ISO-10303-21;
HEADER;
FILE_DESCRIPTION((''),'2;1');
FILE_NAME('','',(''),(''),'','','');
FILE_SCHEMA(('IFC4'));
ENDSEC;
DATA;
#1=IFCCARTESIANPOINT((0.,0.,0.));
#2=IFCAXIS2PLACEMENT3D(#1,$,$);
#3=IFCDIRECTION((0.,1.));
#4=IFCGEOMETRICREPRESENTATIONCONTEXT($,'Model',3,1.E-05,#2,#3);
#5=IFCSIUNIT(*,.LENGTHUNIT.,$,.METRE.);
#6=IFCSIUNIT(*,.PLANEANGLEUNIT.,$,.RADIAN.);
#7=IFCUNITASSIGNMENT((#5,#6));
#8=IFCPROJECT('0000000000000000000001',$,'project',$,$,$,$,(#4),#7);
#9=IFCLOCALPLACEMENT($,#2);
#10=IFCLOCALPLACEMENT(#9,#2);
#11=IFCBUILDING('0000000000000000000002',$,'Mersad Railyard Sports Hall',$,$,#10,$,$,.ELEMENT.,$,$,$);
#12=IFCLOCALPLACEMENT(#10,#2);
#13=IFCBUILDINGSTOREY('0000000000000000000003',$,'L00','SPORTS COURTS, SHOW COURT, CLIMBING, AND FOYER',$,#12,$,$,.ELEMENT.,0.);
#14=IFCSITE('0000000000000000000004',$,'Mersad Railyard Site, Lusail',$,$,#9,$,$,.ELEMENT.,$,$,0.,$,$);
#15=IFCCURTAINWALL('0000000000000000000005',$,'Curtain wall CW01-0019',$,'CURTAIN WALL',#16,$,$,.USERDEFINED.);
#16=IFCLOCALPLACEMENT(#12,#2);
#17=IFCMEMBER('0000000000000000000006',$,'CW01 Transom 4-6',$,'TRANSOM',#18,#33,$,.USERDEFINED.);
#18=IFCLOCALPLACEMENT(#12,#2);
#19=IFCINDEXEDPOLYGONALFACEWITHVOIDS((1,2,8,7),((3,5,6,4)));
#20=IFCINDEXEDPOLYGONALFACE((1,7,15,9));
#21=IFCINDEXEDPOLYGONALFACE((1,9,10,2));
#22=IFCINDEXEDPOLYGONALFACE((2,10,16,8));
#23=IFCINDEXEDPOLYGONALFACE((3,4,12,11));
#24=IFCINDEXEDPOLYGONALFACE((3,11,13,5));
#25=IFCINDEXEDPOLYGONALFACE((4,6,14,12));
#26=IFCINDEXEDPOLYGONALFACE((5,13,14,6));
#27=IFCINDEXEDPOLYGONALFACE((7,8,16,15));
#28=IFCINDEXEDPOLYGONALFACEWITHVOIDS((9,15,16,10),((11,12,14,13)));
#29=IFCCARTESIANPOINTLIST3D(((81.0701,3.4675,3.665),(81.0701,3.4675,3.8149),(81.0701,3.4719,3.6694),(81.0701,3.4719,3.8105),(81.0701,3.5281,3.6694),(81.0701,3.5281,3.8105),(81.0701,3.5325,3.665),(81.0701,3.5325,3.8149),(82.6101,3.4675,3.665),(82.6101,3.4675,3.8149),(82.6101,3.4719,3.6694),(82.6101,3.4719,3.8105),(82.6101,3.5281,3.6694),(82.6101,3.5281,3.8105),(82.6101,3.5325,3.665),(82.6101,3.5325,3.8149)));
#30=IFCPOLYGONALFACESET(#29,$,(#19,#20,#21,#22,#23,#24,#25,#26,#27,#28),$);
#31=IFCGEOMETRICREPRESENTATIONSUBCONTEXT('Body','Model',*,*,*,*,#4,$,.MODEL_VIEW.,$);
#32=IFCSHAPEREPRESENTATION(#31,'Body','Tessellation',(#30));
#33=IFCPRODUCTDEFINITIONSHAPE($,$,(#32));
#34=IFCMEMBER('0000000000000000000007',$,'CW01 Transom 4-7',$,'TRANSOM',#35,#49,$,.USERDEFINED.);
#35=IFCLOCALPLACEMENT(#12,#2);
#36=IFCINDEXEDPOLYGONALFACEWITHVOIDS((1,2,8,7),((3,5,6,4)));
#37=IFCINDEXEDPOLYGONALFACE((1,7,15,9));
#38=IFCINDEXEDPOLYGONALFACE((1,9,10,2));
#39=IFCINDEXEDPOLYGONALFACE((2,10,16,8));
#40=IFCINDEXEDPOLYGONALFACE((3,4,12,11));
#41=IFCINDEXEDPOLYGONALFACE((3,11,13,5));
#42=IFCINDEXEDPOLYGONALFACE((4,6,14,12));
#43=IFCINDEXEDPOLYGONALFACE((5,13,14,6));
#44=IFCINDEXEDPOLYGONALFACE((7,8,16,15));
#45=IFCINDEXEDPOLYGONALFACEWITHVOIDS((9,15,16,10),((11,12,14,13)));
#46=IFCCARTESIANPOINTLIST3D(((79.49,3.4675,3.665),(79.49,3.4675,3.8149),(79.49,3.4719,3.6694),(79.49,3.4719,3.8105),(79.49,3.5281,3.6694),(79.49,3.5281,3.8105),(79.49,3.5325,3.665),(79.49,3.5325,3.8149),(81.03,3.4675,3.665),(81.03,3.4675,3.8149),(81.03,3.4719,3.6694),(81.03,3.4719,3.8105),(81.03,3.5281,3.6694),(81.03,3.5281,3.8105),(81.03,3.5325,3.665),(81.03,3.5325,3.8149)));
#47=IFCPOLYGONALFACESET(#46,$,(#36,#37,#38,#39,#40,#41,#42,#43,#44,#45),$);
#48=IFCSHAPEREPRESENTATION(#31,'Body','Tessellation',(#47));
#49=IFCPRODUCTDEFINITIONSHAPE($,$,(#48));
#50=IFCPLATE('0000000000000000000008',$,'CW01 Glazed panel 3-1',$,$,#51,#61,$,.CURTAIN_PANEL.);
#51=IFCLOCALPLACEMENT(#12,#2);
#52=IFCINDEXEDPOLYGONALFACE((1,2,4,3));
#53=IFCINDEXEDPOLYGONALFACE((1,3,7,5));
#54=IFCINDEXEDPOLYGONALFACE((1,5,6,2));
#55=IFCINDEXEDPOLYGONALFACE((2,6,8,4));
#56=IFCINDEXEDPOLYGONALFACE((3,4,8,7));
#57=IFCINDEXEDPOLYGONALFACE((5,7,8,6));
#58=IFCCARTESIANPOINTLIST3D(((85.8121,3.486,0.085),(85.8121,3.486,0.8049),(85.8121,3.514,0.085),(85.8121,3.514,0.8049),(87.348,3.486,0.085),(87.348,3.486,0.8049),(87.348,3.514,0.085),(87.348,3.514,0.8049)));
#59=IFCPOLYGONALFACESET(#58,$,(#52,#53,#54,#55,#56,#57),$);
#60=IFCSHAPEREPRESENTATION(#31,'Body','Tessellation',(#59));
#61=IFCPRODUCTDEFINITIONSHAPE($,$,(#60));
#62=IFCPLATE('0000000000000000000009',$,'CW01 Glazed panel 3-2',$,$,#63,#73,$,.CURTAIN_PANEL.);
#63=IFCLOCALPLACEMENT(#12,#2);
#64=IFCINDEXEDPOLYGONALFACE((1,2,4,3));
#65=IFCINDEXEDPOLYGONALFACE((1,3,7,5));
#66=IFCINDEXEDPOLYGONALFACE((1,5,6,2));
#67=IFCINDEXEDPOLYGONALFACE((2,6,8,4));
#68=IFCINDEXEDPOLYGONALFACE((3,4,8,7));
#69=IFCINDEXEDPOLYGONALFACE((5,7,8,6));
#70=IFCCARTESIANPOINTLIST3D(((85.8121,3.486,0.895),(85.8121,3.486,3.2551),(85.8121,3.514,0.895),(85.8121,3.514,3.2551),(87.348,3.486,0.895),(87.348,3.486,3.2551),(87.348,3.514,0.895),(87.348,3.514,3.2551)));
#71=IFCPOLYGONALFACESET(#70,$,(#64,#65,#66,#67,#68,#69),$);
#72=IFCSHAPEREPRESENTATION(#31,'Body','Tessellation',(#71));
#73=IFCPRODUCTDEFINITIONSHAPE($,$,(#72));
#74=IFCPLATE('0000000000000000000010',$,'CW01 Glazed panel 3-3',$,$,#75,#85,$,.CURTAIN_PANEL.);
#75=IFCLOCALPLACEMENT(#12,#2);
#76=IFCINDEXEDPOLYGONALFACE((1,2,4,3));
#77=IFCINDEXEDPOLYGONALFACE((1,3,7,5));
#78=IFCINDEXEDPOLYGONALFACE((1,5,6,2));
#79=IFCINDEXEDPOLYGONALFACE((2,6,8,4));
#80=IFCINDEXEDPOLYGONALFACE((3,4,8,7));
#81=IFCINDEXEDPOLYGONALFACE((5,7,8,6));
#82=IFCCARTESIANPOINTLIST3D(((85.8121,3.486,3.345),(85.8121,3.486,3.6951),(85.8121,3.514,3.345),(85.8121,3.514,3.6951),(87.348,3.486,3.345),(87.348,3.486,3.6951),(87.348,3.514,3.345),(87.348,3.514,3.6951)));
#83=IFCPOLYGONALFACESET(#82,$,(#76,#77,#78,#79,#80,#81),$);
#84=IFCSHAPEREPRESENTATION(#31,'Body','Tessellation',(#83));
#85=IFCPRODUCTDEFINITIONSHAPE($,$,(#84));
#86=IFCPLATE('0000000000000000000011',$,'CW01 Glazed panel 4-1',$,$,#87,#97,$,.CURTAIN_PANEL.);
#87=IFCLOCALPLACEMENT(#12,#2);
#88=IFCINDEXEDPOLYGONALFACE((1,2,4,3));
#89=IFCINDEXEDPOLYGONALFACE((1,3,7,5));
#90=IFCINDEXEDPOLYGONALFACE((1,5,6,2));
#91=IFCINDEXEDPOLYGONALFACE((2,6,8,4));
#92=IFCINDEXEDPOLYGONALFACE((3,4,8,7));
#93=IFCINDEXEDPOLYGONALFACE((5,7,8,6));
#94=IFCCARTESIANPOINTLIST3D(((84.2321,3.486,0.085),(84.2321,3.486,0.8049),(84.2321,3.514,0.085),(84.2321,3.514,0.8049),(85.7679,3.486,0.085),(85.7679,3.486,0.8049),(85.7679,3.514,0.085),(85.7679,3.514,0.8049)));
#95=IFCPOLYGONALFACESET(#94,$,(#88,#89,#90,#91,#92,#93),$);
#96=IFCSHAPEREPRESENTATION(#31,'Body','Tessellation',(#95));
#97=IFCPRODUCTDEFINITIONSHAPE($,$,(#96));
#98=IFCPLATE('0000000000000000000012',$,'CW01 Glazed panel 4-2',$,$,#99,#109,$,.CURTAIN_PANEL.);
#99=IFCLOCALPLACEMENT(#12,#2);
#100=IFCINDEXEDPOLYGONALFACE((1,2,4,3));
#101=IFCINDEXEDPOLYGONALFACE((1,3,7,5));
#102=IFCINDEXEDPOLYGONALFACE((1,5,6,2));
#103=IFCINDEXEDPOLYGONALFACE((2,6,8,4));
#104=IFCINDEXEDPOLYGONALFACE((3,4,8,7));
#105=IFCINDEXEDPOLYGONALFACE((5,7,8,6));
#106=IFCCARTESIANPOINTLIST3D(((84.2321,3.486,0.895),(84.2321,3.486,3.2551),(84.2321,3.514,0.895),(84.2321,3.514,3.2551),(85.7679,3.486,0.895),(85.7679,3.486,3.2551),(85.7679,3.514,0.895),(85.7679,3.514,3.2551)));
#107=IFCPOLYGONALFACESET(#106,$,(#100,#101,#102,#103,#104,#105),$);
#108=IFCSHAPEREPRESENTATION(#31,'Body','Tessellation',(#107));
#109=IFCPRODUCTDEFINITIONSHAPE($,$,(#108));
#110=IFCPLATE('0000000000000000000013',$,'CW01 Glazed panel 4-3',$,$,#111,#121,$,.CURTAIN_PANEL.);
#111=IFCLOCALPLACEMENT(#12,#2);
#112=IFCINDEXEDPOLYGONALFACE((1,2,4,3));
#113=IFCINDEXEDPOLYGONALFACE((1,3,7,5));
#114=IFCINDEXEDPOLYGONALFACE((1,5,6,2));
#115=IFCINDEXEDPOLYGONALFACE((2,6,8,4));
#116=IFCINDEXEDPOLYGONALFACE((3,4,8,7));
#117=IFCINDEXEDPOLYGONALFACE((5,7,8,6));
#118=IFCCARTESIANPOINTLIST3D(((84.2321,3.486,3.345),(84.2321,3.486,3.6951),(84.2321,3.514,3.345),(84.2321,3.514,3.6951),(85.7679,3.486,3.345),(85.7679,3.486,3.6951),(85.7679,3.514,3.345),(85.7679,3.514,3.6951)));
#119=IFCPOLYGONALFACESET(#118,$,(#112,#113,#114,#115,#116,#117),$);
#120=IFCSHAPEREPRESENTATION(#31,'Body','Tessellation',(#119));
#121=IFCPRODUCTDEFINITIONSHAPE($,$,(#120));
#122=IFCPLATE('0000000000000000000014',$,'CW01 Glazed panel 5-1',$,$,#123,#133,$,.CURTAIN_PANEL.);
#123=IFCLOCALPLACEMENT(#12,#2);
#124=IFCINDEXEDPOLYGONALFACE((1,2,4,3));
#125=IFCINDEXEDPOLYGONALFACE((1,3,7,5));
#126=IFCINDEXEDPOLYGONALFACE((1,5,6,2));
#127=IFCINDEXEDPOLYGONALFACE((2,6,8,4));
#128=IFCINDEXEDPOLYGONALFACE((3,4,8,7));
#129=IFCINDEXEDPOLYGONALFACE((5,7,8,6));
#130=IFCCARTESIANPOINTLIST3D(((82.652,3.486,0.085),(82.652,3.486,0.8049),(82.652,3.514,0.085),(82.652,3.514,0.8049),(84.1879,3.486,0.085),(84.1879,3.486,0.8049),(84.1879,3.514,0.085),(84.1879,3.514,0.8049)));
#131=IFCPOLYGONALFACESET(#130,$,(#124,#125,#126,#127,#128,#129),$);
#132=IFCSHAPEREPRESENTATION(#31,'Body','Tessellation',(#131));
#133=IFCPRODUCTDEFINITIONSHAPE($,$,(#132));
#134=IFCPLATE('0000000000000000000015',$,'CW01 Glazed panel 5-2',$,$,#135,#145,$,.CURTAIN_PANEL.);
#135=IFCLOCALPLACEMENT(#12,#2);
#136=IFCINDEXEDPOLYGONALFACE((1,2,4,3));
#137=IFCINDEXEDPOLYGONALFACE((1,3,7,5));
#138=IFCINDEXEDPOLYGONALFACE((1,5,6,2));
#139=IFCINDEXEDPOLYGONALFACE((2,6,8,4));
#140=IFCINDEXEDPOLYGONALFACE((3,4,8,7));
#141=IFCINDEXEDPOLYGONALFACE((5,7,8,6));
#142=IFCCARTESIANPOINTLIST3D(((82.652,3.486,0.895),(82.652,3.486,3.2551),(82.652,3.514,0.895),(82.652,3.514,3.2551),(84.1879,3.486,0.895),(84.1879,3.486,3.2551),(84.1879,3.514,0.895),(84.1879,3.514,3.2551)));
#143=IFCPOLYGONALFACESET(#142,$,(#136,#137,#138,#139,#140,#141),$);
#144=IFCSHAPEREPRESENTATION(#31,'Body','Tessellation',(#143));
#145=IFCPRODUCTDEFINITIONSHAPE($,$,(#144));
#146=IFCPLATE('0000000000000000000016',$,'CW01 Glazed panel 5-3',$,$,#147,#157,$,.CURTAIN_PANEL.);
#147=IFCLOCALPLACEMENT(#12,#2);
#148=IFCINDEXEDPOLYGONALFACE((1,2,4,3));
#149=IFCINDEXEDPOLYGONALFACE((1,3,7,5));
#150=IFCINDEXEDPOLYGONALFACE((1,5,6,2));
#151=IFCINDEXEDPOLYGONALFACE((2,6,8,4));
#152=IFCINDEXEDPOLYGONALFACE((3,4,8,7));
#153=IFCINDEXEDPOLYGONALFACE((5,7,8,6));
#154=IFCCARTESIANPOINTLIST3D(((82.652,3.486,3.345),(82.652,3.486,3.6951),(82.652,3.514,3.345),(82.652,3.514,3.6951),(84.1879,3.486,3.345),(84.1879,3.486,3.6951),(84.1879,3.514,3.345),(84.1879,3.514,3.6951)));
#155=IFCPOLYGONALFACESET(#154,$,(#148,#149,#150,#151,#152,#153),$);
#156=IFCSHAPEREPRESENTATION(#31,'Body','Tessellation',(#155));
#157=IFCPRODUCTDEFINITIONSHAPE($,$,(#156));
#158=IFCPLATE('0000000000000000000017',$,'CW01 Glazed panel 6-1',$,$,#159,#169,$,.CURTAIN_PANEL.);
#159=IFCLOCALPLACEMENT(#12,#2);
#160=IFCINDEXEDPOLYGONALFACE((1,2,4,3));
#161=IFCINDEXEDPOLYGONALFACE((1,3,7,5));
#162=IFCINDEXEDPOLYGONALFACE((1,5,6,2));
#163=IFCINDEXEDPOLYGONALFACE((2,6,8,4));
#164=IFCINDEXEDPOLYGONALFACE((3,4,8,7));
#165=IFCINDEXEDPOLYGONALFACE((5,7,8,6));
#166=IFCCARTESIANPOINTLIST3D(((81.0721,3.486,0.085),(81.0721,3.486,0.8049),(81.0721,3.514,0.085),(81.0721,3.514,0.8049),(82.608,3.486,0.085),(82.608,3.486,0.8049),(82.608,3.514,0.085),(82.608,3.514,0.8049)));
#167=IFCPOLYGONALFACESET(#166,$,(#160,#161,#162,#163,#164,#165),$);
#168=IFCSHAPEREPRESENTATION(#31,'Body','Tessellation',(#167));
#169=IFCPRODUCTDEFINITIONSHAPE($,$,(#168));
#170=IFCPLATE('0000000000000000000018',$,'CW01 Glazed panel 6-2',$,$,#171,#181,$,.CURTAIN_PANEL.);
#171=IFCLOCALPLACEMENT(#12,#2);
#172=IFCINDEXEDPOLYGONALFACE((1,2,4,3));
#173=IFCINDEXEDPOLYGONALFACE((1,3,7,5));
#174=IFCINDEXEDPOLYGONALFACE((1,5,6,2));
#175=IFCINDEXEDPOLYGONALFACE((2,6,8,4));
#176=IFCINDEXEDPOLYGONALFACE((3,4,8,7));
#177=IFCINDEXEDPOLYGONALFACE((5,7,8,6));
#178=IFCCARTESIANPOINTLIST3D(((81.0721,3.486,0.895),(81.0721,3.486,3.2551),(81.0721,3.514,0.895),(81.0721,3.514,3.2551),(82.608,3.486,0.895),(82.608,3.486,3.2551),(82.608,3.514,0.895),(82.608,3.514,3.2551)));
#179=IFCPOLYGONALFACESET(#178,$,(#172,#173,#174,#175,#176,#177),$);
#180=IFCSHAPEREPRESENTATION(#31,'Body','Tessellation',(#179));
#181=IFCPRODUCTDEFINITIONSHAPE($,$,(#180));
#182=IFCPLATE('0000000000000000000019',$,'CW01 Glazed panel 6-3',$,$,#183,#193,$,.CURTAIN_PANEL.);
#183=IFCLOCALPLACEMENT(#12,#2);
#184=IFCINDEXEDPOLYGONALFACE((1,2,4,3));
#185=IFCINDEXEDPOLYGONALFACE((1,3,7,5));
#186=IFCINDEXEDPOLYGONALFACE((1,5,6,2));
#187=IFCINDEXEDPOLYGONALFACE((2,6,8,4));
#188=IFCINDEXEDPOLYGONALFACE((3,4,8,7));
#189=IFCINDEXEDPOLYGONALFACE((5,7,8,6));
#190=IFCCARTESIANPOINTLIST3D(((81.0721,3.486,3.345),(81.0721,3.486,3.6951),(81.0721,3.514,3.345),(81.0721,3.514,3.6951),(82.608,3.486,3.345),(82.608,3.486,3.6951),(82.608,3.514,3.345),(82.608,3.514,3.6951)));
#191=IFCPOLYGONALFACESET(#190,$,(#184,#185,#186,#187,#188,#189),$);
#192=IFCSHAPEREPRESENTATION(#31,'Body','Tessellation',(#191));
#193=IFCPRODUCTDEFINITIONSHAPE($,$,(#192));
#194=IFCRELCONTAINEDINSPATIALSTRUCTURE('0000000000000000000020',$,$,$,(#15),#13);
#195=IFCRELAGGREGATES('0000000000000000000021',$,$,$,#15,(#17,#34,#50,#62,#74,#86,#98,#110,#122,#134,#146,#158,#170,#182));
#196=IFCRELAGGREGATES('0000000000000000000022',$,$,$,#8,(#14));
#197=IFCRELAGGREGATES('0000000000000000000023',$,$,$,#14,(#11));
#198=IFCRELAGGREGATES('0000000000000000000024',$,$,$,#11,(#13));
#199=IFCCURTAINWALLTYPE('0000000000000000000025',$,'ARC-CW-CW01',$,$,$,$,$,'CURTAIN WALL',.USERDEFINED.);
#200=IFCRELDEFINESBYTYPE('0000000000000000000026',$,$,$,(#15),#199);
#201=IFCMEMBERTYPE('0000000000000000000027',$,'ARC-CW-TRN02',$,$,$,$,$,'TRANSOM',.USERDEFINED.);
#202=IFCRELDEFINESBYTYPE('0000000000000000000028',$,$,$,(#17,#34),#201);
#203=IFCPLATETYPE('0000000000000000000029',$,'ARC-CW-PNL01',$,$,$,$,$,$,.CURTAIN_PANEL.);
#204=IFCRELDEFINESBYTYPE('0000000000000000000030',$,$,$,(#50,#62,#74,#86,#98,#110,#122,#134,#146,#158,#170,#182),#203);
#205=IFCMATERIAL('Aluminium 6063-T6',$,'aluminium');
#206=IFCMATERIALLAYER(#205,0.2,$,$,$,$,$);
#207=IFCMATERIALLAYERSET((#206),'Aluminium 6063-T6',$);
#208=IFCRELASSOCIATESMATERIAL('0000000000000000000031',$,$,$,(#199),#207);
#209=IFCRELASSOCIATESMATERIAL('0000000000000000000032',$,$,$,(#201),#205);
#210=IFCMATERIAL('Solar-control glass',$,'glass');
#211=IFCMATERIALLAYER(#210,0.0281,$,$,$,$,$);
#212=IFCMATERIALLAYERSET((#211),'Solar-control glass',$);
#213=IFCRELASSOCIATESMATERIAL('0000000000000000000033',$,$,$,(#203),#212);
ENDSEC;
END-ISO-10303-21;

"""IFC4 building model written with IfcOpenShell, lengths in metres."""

from ifc_helpers import new_model, si_unit, direction, frame, origin, origin_2d, place, context, subcontext, project, spatial, rectangle, hollow_rectangle, extrude, material, layer, layer_set, material_profile, profile_set, type_object, element, aggregate, save


model = new_model("IFC4")

# Units and contexts
model_context = context("Model", 3, precision=1e-05, world=origin(), true_north=direction((0.0, 1.0)))
body_context = subcontext(model_context, "Body", "Model", "MODEL_VIEW")
ifc_project = project(units=[si_unit("LENGTHUNIT", "METRE"), si_unit("PLANEANGLEUNIT", "RADIAN")], contexts=[model_context])

# Site, building, storey
site_placement = place(None, origin())
site = spatial("IfcSite", under=ifc_project, at=site_placement, Name="Mersad Railyard Site, Lusail", CompositionType="ELEMENT", RefElevation=0.0)
building_placement = place(site_placement, origin())
building = spatial("IfcBuilding", under=site, at=building_placement, Name="Mersad Railyard Sports Hall", CompositionType="ELEMENT")
storey_placement = place(building_placement, origin())
storey = spatial("IfcBuildingStorey", under=building, at=storey_placement, Name="L00", Description="SPORTS COURTS, SHOW COURT, CLIMBING, AND FOYER", CompositionType="ELEMENT", Elevation=0.0)

# Curtain wall, members, plates
ifc_material_1 = material(Name="Aluminium 6063-T6", Category="aluminium")
ifc_layer_1 = layer(ifc_material_1, 0.2)
ifc_layer_set_1 = layer_set([ifc_layer_1], Name="Aluminium 6063-T6")
curtain_wall_type = type_object("IfcCurtainWallType", Name="ARC-CW-CW01", ElementType="CURTAIN WALL", PredefinedType="USERDEFINED", material=ifc_layer_set_1)
curtain_wall_placement = place(storey_placement, origin())
curtain_wall = element("IfcCurtainWall", 1, at=curtain_wall_placement, inside=storey, type_object=curtain_wall_type, Name="Curtain wall CW01-0019", ObjectType="CURTAIN WALL", PredefinedType="USERDEFINED")
ifc_material_profile_1 = material_profile(ifc_material_1, hollow_rectangle(XDim=0.0649, YDim=0.1499, WallThickness=0.0044, at=origin_2d()), Name="AL TRANSOM 65x150x4.5")
ifc_profile_set_1 = profile_set([ifc_material_profile_1], Name="Aluminium 6063-T6")
member_type_1 = type_object("IfcMemberType", Name="ARC-CW-TRN02", ElementType="TRANSOM", PredefinedType="USERDEFINED", material=ifc_profile_set_1)
member_1_placement = place(storey_placement, frame((82.6101, 3.5, 3.74), z_axis=(-1.0, 0.0, 0.0), x_axis=(0.0, -1.0, 0.0)))
member_1 = element("IfcMember", 2, at=member_1_placement, type_object=member_type_1, Name="CW01 Transom 4-6", ObjectType="TRANSOM", PredefinedType="USERDEFINED", context=body_context, shape_type="SweptSolid", body=[
    extrude(hollow_rectangle(XDim=0.0649, YDim=0.1499, WallThickness=0.0044, at=origin_2d()), origin(), (0.0, 0.0, 1.0), 1.54),
])
member_2_placement = place(storey_placement, frame((81.03, 3.5, 3.74), z_axis=(-1.0, 0.0, 0.0), x_axis=(0.0, -1.0, 0.0)))
member_2 = element("IfcMember", 3, at=member_2_placement, type_object=member_type_1, Name="CW01 Transom 4-7", ObjectType="TRANSOM", PredefinedType="USERDEFINED", context=body_context, shape_type="SweptSolid", body=[
    extrude(hollow_rectangle(XDim=0.0649, YDim=0.1499, WallThickness=0.0044, at=origin_2d()), origin(), (0.0, 0.0, 1.0), 1.54),
])
ifc_material_2 = material(Name="Solar-control glass", Category="glass")
ifc_layer_2 = layer(ifc_material_2, 0.0281)
ifc_layer_set_2 = layer_set([ifc_layer_2], Name="Solar-control glass")
plate_type = type_object("IfcPlateType", Name="ARC-CW-PNL01", PredefinedType="CURTAIN_PANEL", material=ifc_layer_set_2)
plate_1_placement = place(storey_placement, frame((86.5801, 3.5, 0.085), z_axis=(0.0, 0.0, 1.0), x_axis=(-1.0, 0.0, 0.0)))
plate_1 = element("IfcPlate", 4, at=plate_1_placement, type_object=plate_type, Name="CW01 Glazed panel 3-1", PredefinedType="CURTAIN_PANEL", context=body_context, shape_type="SweptSolid", body=[
    extrude(rectangle(XDim=1.5359, YDim=0.0281, at=origin_2d()), origin(), (0.0, 0.0, 1.0), 0.72),
])
plate_2_placement = place(storey_placement, frame((86.5801, 3.5, 0.895), z_axis=(0.0, 0.0, 1.0), x_axis=(-1.0, 0.0, 0.0)))
plate_2 = element("IfcPlate", 5, at=plate_2_placement, type_object=plate_type, Name="CW01 Glazed panel 3-2", PredefinedType="CURTAIN_PANEL", context=body_context, shape_type="SweptSolid", body=[
    extrude(rectangle(XDim=1.5359, YDim=0.0281, at=origin_2d()), origin(), (0.0, 0.0, 1.0), 2.3601),
])
plate_3_placement = place(storey_placement, frame((86.5801, 3.5, 3.345), z_axis=(0.0, 0.0, 1.0), x_axis=(-1.0, 0.0, 0.0)))
plate_3 = element("IfcPlate", 6, at=plate_3_placement, type_object=plate_type, Name="CW01 Glazed panel 3-3", PredefinedType="CURTAIN_PANEL", context=body_context, shape_type="SweptSolid", body=[
    extrude(rectangle(XDim=1.5359, YDim=0.0281, at=origin_2d()), origin(), (0.0, 0.0, 1.0), 0.3501),
])
plate_4_placement = place(storey_placement, frame((85.0, 3.5, 0.085), z_axis=(0.0, 0.0, 1.0), x_axis=(-1.0, 0.0, 0.0)))
plate_4 = element("IfcPlate", 7, at=plate_4_placement, type_object=plate_type, Name="CW01 Glazed panel 4-1", PredefinedType="CURTAIN_PANEL", context=body_context, shape_type="SweptSolid", body=[
    extrude(rectangle(XDim=1.5359, YDim=0.0281, at=origin_2d()), origin(), (0.0, 0.0, 1.0), 0.72),
])
plate_5_placement = place(storey_placement, frame((85.0, 3.5, 0.895), z_axis=(0.0, 0.0, 1.0), x_axis=(-1.0, 0.0, 0.0)))
plate_5 = element("IfcPlate", 8, at=plate_5_placement, type_object=plate_type, Name="CW01 Glazed panel 4-2", PredefinedType="CURTAIN_PANEL", context=body_context, shape_type="SweptSolid", body=[
    extrude(rectangle(XDim=1.5359, YDim=0.0281, at=origin_2d()), origin(), (0.0, 0.0, 1.0), 2.3601),
])
plate_6_placement = place(storey_placement, frame((85.0, 3.5, 3.345), z_axis=(0.0, 0.0, 1.0), x_axis=(-1.0, 0.0, 0.0)))
plate_6 = element("IfcPlate", 9, at=plate_6_placement, type_object=plate_type, Name="CW01 Glazed panel 4-3", PredefinedType="CURTAIN_PANEL", context=body_context, shape_type="SweptSolid", body=[
    extrude(rectangle(XDim=1.5359, YDim=0.0281, at=origin_2d()), origin(), (0.0, 0.0, 1.0), 0.3501),
])
plate_7_placement = place(storey_placement, frame((83.4199, 3.5, 0.085), z_axis=(0.0, 0.0, 1.0), x_axis=(-1.0, 0.0, 0.0)))
plate_7 = element("IfcPlate", 10, at=plate_7_placement, type_object=plate_type, Name="CW01 Glazed panel 5-1", PredefinedType="CURTAIN_PANEL", context=body_context, shape_type="SweptSolid", body=[
    extrude(rectangle(XDim=1.5359, YDim=0.0281, at=origin_2d()), origin(), (0.0, 0.0, 1.0), 0.72),
])
plate_8_placement = place(storey_placement, frame((83.4199, 3.5, 0.895), z_axis=(0.0, 0.0, 1.0), x_axis=(-1.0, 0.0, 0.0)))
plate_8 = element("IfcPlate", 11, at=plate_8_placement, type_object=plate_type, Name="CW01 Glazed panel 5-2", PredefinedType="CURTAIN_PANEL", context=body_context, shape_type="SweptSolid", body=[
    extrude(rectangle(XDim=1.5359, YDim=0.0281, at=origin_2d()), origin(), (0.0, 0.0, 1.0), 2.3601),
])
plate_9_placement = place(storey_placement, frame((83.4199, 3.5, 3.345), z_axis=(0.0, 0.0, 1.0), x_axis=(-1.0, 0.0, 0.0)))
plate_9 = element("IfcPlate", 12, at=plate_9_placement, type_object=plate_type, Name="CW01 Glazed panel 5-3", PredefinedType="CURTAIN_PANEL", context=body_context, shape_type="SweptSolid", body=[
    extrude(rectangle(XDim=1.5359, YDim=0.0281, at=origin_2d()), origin(), (0.0, 0.0, 1.0), 0.3501),
])
plate_10_placement = place(storey_placement, frame((81.8401, 3.5, 0.085), z_axis=(0.0, 0.0, 1.0), x_axis=(-1.0, 0.0, 0.0)))
plate_10 = element("IfcPlate", 13, at=plate_10_placement, type_object=plate_type, Name="CW01 Glazed panel 6-1", PredefinedType="CURTAIN_PANEL", context=body_context, shape_type="SweptSolid", body=[
    extrude(rectangle(XDim=1.5359, YDim=0.0281, at=origin_2d()), origin(), (0.0, 0.0, 1.0), 0.72),
])
plate_11_placement = place(storey_placement, frame((81.8401, 3.5, 0.895), z_axis=(0.0, 0.0, 1.0), x_axis=(-1.0, 0.0, 0.0)))
plate_11 = element("IfcPlate", 14, at=plate_11_placement, type_object=plate_type, Name="CW01 Glazed panel 6-2", PredefinedType="CURTAIN_PANEL", context=body_context, shape_type="SweptSolid", body=[
    extrude(rectangle(XDim=1.5359, YDim=0.0281, at=origin_2d()), origin(), (0.0, 0.0, 1.0), 2.3601),
])
plate_12_placement = place(storey_placement, frame((81.8401, 3.5, 3.345), z_axis=(0.0, 0.0, 1.0), x_axis=(-1.0, 0.0, 0.0)))
plate_12 = element("IfcPlate", 15, at=plate_12_placement, type_object=plate_type, Name="CW01 Glazed panel 6-3", PredefinedType="CURTAIN_PANEL", context=body_context, shape_type="SweptSolid", body=[
    extrude(rectangle(XDim=1.5359, YDim=0.0281, at=origin_2d()), origin(), (0.0, 0.0, 1.0), 0.3501),
])
aggregate(curtain_wall, [member_1, member_2, plate_1, plate_2, plate_3, plate_4, plate_5, plate_6, plate_7, plate_8, plate_9, plate_10, plate_11, plate_12])

save(model, "model.ifc")
